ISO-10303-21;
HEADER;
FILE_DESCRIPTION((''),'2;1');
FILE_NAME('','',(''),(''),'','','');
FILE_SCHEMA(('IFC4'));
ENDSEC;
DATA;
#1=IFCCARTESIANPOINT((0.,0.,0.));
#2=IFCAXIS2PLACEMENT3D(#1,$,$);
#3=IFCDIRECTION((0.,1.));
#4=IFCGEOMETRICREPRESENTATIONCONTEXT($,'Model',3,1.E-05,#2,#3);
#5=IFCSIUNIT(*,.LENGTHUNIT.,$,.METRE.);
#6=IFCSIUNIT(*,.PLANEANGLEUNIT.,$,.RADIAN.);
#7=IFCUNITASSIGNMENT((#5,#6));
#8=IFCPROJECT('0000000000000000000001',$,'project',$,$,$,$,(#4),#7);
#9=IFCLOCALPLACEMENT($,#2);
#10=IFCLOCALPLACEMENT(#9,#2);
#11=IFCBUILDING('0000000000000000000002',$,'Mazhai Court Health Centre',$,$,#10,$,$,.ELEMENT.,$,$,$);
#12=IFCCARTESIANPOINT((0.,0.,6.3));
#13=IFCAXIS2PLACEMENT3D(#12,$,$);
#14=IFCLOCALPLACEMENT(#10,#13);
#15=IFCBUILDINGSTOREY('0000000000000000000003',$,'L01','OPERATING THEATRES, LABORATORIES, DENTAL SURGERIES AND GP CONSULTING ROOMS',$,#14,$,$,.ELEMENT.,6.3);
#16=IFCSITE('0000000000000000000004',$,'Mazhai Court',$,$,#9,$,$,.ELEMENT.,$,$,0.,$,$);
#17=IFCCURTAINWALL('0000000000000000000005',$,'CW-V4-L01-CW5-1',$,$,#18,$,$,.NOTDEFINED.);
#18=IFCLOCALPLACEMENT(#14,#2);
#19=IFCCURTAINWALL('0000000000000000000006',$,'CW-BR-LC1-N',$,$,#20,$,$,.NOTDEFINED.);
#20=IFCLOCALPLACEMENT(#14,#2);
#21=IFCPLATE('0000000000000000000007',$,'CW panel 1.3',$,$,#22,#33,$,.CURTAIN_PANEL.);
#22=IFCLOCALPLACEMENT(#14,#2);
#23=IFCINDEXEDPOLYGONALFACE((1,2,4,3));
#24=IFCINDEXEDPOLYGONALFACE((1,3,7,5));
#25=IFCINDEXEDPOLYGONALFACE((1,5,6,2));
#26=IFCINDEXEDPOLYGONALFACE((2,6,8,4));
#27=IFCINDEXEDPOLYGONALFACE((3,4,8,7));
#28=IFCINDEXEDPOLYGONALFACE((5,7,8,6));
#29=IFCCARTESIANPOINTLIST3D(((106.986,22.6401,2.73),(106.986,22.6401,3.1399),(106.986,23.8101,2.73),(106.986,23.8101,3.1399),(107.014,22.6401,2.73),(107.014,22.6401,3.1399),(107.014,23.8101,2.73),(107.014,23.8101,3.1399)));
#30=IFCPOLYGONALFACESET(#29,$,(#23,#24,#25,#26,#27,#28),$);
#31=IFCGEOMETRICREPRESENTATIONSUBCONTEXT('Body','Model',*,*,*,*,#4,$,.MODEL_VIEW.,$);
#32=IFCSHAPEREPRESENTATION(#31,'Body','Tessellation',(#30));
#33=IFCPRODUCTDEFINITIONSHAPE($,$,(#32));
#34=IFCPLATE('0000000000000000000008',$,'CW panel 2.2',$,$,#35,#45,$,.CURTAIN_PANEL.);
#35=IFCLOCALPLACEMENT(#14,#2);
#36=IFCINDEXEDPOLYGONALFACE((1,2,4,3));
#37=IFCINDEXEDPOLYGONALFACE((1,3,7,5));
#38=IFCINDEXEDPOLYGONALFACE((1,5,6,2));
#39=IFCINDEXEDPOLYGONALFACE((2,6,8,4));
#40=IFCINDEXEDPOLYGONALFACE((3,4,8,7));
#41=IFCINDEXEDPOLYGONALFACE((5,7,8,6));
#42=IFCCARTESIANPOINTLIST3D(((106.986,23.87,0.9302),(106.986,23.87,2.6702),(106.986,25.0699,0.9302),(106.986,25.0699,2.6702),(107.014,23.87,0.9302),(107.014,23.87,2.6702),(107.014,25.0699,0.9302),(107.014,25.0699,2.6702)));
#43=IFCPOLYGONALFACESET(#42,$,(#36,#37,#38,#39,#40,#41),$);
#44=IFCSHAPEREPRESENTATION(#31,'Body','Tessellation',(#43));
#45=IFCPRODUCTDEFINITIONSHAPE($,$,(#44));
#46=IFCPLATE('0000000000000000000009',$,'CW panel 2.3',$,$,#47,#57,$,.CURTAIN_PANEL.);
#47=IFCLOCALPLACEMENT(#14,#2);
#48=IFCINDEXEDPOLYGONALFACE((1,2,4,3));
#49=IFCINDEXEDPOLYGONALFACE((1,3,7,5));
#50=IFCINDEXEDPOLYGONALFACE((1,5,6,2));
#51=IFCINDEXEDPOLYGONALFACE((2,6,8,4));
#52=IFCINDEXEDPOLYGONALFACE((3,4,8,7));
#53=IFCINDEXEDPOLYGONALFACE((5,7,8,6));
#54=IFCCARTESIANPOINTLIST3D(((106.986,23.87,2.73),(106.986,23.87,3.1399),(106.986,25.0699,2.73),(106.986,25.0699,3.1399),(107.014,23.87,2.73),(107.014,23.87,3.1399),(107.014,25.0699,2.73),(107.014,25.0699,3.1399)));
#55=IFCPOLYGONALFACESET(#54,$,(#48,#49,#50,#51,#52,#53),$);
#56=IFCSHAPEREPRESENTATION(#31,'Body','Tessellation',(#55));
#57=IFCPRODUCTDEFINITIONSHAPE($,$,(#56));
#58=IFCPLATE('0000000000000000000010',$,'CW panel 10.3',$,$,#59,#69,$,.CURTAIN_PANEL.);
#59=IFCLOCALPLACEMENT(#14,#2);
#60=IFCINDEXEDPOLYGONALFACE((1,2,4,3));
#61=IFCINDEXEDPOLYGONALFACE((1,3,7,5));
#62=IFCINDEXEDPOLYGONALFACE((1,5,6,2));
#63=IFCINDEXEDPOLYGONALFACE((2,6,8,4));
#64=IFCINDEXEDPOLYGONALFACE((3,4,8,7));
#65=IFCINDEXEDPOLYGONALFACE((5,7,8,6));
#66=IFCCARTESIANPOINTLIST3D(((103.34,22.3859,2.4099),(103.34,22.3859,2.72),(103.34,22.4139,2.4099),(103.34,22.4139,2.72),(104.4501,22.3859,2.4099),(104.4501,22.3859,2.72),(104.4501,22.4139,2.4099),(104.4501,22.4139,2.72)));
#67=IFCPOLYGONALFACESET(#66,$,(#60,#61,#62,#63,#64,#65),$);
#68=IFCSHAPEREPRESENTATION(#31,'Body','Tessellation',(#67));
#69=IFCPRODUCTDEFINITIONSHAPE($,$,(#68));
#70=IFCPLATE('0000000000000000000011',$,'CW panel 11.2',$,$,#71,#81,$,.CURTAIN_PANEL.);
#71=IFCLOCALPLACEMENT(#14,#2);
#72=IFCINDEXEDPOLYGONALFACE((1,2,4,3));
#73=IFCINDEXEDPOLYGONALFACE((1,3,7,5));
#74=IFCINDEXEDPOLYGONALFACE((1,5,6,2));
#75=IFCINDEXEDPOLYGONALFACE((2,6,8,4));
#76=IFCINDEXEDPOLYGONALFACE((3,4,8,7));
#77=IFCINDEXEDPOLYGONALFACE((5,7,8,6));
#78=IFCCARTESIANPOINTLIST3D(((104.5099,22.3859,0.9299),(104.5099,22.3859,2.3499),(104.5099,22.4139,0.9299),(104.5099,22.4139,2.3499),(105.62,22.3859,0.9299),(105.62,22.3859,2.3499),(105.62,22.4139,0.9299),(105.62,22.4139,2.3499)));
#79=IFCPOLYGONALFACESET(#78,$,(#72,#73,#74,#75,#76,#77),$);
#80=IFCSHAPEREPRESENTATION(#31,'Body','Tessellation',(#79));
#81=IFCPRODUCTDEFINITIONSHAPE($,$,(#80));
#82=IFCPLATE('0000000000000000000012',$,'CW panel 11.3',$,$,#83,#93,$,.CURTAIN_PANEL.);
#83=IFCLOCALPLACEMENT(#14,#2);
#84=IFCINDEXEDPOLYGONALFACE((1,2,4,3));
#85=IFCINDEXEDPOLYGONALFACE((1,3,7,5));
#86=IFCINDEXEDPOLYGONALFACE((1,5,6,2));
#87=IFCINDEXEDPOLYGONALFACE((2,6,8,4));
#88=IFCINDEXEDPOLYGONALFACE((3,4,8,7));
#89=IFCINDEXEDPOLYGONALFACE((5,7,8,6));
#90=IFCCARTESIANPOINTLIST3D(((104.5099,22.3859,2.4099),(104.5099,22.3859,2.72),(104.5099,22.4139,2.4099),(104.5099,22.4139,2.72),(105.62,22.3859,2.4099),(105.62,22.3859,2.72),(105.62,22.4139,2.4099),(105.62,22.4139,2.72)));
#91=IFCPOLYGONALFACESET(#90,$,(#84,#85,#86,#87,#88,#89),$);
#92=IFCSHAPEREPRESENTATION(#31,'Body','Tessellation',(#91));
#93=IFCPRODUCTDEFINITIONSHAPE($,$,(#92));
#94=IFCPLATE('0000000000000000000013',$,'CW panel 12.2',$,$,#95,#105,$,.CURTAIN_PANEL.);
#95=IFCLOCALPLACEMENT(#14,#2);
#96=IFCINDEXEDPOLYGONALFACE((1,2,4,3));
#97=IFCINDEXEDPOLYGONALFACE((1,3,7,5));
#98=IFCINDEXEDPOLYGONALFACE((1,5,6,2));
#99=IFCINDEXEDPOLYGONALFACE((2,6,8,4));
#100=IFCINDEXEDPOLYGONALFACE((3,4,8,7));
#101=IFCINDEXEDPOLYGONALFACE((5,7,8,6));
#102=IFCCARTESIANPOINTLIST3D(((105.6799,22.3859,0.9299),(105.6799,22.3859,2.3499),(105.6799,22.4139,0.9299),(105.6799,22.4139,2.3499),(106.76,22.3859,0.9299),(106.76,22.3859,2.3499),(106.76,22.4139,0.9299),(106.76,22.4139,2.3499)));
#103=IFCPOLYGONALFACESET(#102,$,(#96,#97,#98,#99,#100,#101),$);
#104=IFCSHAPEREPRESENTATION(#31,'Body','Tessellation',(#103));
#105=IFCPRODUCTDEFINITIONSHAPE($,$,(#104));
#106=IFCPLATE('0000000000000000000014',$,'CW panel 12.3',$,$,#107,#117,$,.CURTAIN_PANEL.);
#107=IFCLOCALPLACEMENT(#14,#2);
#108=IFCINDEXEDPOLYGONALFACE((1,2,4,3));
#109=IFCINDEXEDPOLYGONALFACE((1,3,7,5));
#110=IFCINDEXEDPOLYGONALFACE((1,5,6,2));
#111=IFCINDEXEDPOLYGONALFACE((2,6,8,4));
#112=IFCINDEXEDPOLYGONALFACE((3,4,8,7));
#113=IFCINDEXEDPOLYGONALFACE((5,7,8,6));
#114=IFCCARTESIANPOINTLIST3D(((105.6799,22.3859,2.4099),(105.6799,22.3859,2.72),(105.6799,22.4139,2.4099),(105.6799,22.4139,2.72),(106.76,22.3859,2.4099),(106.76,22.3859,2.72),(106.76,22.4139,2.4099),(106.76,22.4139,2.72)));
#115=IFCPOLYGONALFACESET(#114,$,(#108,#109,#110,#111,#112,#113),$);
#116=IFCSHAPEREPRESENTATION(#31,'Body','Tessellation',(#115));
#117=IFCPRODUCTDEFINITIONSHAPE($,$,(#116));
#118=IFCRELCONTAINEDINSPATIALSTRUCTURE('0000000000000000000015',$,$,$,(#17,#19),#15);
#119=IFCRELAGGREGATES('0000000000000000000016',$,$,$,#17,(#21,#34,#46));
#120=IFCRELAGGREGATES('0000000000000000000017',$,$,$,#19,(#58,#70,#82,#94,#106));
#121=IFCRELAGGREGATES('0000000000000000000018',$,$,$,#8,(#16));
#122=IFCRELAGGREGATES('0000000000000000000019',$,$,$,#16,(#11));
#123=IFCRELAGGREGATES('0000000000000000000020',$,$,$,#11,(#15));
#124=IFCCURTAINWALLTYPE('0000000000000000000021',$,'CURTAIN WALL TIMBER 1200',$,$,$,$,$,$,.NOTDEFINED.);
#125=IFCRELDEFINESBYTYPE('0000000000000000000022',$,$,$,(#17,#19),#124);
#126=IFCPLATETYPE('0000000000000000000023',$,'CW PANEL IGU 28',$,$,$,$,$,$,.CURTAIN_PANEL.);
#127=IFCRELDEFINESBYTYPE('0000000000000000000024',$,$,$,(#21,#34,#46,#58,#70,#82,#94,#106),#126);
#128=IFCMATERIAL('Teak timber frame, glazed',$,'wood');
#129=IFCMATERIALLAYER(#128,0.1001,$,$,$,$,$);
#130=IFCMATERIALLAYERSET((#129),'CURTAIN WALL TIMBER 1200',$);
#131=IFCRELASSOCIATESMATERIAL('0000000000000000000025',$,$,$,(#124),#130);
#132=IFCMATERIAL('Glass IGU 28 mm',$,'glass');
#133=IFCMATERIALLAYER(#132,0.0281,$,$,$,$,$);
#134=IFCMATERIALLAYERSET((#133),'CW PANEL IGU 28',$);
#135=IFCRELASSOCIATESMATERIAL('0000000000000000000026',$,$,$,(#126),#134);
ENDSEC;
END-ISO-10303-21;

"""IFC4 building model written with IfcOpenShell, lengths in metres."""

from ifc_helpers import new_model, si_unit, direction, frame, origin, origin_2d, place, context, subcontext, project, spatial, rectangle, extrude, material, layer, layer_set, type_object, element, aggregate, save


model = new_model("IFC4")

# Units and contexts
model_context = context("Model", 3, precision=1e-05, world=origin(), true_north=direction((0.0, 1.0)))
body_context = subcontext(model_context, "Body", "Model", "MODEL_VIEW")
ifc_project = project(units=[si_unit("LENGTHUNIT", "METRE"), si_unit("PLANEANGLEUNIT", "RADIAN")], contexts=[model_context])

# Site, building, storey
site_placement = place(None, origin())
site = spatial("IfcSite", under=ifc_project, at=site_placement, Name="Mazhai Court", CompositionType="ELEMENT", RefElevation=0.0)
building_placement = place(site_placement, origin())
building = spatial("IfcBuilding", under=site, at=building_placement, Name="Mazhai Court Health Centre", CompositionType="ELEMENT")
storey_placement = place(building_placement, frame((0.0, 0.0, 6.3)))
storey = spatial("IfcBuildingStorey", under=building, at=storey_placement, Name="L01", Description="OPERATING THEATRES, LABORATORIES, DENTAL SURGERIES AND GP CONSULTING ROOMS", CompositionType="ELEMENT", Elevation=6.3)

# Curtain walls
ifc_material_1 = material(Name="Teak timber frame, glazed", Category="wood")
ifc_layer_1 = layer(ifc_material_1, 0.1001)
ifc_layer_set_1 = layer_set([ifc_layer_1], Name="CURTAIN WALL TIMBER 1200")
curtain_wall_type = type_object("IfcCurtainWallType", Name="CURTAIN WALL TIMBER 1200", PredefinedType="NOTDEFINED", material=ifc_layer_set_1)
curtain_wall_1_placement = place(storey_placement, origin())
curtain_wall_1 = element("IfcCurtainWall", 1, at=curtain_wall_1_placement, inside=storey, type_object=curtain_wall_type, Name="CW-V4-L01-CW5-1", PredefinedType="NOTDEFINED")
curtain_wall_2_placement = place(storey_placement, origin())
curtain_wall_2 = element("IfcCurtainWall", 2, at=curtain_wall_2_placement, inside=storey, type_object=curtain_wall_type, Name="CW-BR-LC1-N", PredefinedType="NOTDEFINED")

# Plates
ifc_material_2 = material(Name="Glass IGU 28 mm", Category="glass")
ifc_layer_2 = layer(ifc_material_2, 0.0281)
ifc_layer_set_2 = layer_set([ifc_layer_2], Name="CW PANEL IGU 28")
plate_type = type_object("IfcPlateType", Name="CW PANEL IGU 28", PredefinedType="CURTAIN_PANEL", material=ifc_layer_set_2)
plate_1_placement = place(storey_placement, frame((107.0, 23.2251, 2.73), z_axis=(0.0, 0.0, 1.0), x_axis=(0.0, 1.0, 0.0)))
plate_1 = element("IfcPlate", 3, at=plate_1_placement, type_object=plate_type, Name="CW panel 1.3", PredefinedType="CURTAIN_PANEL", context=body_context, shape_type="SweptSolid", body=[
    extrude(rectangle(XDim=1.1699, YDim=0.0281, at=origin_2d()), origin(), (0.0, 0.0, 1.0), 0.4099),
])
plate_2_placement = place(storey_placement, frame((107.0, 24.47, 0.9302), z_axis=(0.0, 0.0, 1.0), x_axis=(0.0, 1.0, 0.0)))
plate_2 = element("IfcPlate", 4, at=plate_2_placement, type_object=plate_type, Name="CW panel 2.2", PredefinedType="CURTAIN_PANEL", context=body_context, shape_type="SweptSolid", body=[
    extrude(rectangle(XDim=1.2, YDim=0.0281, at=origin_2d()), origin(), (0.0, 0.0, 1.0), 1.74),
])
plate_3_placement = place(storey_placement, frame((107.0, 24.47, 2.73), z_axis=(0.0, 0.0, 1.0), x_axis=(0.0, 1.0, 0.0)))
plate_3 = element("IfcPlate", 5, at=plate_3_placement, type_object=plate_type, Name="CW panel 2.3", PredefinedType="CURTAIN_PANEL", context=body_context, shape_type="SweptSolid", body=[
    extrude(rectangle(XDim=1.2, YDim=0.0281, at=origin_2d()), origin(), (0.0, 0.0, 1.0), 0.4099),
])
aggregate(curtain_wall_1, [plate_1, plate_2, plate_3])
plate_4_placement = place(storey_placement, frame((103.895, 22.3999, 2.4099), z_axis=(0.0, 0.0, 1.0), x_axis=(1.0, 0.0, 0.0)))
plate_4 = element("IfcPlate", 6, at=plate_4_placement, type_object=plate_type, Name="CW panel 10.3", PredefinedType="CURTAIN_PANEL", context=body_context, shape_type="SweptSolid", body=[
    extrude(rectangle(XDim=1.1101, YDim=0.0281, at=origin_2d()), origin(), (0.0, 0.0, 1.0), 0.3101),
])
plate_5_placement = place(storey_placement, frame((105.0649, 22.3999, 0.9299), z_axis=(0.0, 0.0, 1.0), x_axis=(1.0, 0.0, 0.0)))
plate_5 = element("IfcPlate", 7, at=plate_5_placement, type_object=plate_type, Name="CW panel 11.2", PredefinedType="CURTAIN_PANEL", context=body_context, shape_type="SweptSolid", body=[
    extrude(rectangle(XDim=1.1101, YDim=0.0281, at=origin_2d()), origin(), (0.0, 0.0, 1.0), 1.4199),
])
plate_6_placement = place(storey_placement, frame((105.0649, 22.3999, 2.4099), z_axis=(0.0, 0.0, 1.0), x_axis=(1.0, 0.0, 0.0)))
plate_6 = element("IfcPlate", 8, at=plate_6_placement, type_object=plate_type, Name="CW panel 11.3", PredefinedType="CURTAIN_PANEL", context=body_context, shape_type="SweptSolid", body=[
    extrude(rectangle(XDim=1.1101, YDim=0.0281, at=origin_2d()), origin(), (0.0, 0.0, 1.0), 0.3101),
])
plate_7_placement = place(storey_placement, frame((106.22, 22.3999, 0.9299), z_axis=(0.0, 0.0, 1.0), x_axis=(1.0, 0.0, 0.0)))
plate_7 = element("IfcPlate", 9, at=plate_7_placement, type_object=plate_type, Name="CW panel 12.2", PredefinedType="CURTAIN_PANEL", context=body_context, shape_type="SweptSolid", body=[
    extrude(rectangle(XDim=1.0801, YDim=0.0281, at=origin_2d()), origin(), (0.0, 0.0, 1.0), 1.4199),
])
plate_8_placement = place(storey_placement, frame((106.22, 22.3999, 2.4099), z_axis=(0.0, 0.0, 1.0), x_axis=(1.0, 0.0, 0.0)))
plate_8 = element("IfcPlate", 10, at=plate_8_placement, type_object=plate_type, Name="CW panel 12.3", PredefinedType="CURTAIN_PANEL", context=body_context, shape_type="SweptSolid", body=[
    extrude(rectangle(XDim=1.0801, YDim=0.0281, at=origin_2d()), origin(), (0.0, 0.0, 1.0), 0.3101),
])
aggregate(curtain_wall_2, [plate_4, plate_5, plate_6, plate_7, plate_8])

save(model, "model.ifc")
